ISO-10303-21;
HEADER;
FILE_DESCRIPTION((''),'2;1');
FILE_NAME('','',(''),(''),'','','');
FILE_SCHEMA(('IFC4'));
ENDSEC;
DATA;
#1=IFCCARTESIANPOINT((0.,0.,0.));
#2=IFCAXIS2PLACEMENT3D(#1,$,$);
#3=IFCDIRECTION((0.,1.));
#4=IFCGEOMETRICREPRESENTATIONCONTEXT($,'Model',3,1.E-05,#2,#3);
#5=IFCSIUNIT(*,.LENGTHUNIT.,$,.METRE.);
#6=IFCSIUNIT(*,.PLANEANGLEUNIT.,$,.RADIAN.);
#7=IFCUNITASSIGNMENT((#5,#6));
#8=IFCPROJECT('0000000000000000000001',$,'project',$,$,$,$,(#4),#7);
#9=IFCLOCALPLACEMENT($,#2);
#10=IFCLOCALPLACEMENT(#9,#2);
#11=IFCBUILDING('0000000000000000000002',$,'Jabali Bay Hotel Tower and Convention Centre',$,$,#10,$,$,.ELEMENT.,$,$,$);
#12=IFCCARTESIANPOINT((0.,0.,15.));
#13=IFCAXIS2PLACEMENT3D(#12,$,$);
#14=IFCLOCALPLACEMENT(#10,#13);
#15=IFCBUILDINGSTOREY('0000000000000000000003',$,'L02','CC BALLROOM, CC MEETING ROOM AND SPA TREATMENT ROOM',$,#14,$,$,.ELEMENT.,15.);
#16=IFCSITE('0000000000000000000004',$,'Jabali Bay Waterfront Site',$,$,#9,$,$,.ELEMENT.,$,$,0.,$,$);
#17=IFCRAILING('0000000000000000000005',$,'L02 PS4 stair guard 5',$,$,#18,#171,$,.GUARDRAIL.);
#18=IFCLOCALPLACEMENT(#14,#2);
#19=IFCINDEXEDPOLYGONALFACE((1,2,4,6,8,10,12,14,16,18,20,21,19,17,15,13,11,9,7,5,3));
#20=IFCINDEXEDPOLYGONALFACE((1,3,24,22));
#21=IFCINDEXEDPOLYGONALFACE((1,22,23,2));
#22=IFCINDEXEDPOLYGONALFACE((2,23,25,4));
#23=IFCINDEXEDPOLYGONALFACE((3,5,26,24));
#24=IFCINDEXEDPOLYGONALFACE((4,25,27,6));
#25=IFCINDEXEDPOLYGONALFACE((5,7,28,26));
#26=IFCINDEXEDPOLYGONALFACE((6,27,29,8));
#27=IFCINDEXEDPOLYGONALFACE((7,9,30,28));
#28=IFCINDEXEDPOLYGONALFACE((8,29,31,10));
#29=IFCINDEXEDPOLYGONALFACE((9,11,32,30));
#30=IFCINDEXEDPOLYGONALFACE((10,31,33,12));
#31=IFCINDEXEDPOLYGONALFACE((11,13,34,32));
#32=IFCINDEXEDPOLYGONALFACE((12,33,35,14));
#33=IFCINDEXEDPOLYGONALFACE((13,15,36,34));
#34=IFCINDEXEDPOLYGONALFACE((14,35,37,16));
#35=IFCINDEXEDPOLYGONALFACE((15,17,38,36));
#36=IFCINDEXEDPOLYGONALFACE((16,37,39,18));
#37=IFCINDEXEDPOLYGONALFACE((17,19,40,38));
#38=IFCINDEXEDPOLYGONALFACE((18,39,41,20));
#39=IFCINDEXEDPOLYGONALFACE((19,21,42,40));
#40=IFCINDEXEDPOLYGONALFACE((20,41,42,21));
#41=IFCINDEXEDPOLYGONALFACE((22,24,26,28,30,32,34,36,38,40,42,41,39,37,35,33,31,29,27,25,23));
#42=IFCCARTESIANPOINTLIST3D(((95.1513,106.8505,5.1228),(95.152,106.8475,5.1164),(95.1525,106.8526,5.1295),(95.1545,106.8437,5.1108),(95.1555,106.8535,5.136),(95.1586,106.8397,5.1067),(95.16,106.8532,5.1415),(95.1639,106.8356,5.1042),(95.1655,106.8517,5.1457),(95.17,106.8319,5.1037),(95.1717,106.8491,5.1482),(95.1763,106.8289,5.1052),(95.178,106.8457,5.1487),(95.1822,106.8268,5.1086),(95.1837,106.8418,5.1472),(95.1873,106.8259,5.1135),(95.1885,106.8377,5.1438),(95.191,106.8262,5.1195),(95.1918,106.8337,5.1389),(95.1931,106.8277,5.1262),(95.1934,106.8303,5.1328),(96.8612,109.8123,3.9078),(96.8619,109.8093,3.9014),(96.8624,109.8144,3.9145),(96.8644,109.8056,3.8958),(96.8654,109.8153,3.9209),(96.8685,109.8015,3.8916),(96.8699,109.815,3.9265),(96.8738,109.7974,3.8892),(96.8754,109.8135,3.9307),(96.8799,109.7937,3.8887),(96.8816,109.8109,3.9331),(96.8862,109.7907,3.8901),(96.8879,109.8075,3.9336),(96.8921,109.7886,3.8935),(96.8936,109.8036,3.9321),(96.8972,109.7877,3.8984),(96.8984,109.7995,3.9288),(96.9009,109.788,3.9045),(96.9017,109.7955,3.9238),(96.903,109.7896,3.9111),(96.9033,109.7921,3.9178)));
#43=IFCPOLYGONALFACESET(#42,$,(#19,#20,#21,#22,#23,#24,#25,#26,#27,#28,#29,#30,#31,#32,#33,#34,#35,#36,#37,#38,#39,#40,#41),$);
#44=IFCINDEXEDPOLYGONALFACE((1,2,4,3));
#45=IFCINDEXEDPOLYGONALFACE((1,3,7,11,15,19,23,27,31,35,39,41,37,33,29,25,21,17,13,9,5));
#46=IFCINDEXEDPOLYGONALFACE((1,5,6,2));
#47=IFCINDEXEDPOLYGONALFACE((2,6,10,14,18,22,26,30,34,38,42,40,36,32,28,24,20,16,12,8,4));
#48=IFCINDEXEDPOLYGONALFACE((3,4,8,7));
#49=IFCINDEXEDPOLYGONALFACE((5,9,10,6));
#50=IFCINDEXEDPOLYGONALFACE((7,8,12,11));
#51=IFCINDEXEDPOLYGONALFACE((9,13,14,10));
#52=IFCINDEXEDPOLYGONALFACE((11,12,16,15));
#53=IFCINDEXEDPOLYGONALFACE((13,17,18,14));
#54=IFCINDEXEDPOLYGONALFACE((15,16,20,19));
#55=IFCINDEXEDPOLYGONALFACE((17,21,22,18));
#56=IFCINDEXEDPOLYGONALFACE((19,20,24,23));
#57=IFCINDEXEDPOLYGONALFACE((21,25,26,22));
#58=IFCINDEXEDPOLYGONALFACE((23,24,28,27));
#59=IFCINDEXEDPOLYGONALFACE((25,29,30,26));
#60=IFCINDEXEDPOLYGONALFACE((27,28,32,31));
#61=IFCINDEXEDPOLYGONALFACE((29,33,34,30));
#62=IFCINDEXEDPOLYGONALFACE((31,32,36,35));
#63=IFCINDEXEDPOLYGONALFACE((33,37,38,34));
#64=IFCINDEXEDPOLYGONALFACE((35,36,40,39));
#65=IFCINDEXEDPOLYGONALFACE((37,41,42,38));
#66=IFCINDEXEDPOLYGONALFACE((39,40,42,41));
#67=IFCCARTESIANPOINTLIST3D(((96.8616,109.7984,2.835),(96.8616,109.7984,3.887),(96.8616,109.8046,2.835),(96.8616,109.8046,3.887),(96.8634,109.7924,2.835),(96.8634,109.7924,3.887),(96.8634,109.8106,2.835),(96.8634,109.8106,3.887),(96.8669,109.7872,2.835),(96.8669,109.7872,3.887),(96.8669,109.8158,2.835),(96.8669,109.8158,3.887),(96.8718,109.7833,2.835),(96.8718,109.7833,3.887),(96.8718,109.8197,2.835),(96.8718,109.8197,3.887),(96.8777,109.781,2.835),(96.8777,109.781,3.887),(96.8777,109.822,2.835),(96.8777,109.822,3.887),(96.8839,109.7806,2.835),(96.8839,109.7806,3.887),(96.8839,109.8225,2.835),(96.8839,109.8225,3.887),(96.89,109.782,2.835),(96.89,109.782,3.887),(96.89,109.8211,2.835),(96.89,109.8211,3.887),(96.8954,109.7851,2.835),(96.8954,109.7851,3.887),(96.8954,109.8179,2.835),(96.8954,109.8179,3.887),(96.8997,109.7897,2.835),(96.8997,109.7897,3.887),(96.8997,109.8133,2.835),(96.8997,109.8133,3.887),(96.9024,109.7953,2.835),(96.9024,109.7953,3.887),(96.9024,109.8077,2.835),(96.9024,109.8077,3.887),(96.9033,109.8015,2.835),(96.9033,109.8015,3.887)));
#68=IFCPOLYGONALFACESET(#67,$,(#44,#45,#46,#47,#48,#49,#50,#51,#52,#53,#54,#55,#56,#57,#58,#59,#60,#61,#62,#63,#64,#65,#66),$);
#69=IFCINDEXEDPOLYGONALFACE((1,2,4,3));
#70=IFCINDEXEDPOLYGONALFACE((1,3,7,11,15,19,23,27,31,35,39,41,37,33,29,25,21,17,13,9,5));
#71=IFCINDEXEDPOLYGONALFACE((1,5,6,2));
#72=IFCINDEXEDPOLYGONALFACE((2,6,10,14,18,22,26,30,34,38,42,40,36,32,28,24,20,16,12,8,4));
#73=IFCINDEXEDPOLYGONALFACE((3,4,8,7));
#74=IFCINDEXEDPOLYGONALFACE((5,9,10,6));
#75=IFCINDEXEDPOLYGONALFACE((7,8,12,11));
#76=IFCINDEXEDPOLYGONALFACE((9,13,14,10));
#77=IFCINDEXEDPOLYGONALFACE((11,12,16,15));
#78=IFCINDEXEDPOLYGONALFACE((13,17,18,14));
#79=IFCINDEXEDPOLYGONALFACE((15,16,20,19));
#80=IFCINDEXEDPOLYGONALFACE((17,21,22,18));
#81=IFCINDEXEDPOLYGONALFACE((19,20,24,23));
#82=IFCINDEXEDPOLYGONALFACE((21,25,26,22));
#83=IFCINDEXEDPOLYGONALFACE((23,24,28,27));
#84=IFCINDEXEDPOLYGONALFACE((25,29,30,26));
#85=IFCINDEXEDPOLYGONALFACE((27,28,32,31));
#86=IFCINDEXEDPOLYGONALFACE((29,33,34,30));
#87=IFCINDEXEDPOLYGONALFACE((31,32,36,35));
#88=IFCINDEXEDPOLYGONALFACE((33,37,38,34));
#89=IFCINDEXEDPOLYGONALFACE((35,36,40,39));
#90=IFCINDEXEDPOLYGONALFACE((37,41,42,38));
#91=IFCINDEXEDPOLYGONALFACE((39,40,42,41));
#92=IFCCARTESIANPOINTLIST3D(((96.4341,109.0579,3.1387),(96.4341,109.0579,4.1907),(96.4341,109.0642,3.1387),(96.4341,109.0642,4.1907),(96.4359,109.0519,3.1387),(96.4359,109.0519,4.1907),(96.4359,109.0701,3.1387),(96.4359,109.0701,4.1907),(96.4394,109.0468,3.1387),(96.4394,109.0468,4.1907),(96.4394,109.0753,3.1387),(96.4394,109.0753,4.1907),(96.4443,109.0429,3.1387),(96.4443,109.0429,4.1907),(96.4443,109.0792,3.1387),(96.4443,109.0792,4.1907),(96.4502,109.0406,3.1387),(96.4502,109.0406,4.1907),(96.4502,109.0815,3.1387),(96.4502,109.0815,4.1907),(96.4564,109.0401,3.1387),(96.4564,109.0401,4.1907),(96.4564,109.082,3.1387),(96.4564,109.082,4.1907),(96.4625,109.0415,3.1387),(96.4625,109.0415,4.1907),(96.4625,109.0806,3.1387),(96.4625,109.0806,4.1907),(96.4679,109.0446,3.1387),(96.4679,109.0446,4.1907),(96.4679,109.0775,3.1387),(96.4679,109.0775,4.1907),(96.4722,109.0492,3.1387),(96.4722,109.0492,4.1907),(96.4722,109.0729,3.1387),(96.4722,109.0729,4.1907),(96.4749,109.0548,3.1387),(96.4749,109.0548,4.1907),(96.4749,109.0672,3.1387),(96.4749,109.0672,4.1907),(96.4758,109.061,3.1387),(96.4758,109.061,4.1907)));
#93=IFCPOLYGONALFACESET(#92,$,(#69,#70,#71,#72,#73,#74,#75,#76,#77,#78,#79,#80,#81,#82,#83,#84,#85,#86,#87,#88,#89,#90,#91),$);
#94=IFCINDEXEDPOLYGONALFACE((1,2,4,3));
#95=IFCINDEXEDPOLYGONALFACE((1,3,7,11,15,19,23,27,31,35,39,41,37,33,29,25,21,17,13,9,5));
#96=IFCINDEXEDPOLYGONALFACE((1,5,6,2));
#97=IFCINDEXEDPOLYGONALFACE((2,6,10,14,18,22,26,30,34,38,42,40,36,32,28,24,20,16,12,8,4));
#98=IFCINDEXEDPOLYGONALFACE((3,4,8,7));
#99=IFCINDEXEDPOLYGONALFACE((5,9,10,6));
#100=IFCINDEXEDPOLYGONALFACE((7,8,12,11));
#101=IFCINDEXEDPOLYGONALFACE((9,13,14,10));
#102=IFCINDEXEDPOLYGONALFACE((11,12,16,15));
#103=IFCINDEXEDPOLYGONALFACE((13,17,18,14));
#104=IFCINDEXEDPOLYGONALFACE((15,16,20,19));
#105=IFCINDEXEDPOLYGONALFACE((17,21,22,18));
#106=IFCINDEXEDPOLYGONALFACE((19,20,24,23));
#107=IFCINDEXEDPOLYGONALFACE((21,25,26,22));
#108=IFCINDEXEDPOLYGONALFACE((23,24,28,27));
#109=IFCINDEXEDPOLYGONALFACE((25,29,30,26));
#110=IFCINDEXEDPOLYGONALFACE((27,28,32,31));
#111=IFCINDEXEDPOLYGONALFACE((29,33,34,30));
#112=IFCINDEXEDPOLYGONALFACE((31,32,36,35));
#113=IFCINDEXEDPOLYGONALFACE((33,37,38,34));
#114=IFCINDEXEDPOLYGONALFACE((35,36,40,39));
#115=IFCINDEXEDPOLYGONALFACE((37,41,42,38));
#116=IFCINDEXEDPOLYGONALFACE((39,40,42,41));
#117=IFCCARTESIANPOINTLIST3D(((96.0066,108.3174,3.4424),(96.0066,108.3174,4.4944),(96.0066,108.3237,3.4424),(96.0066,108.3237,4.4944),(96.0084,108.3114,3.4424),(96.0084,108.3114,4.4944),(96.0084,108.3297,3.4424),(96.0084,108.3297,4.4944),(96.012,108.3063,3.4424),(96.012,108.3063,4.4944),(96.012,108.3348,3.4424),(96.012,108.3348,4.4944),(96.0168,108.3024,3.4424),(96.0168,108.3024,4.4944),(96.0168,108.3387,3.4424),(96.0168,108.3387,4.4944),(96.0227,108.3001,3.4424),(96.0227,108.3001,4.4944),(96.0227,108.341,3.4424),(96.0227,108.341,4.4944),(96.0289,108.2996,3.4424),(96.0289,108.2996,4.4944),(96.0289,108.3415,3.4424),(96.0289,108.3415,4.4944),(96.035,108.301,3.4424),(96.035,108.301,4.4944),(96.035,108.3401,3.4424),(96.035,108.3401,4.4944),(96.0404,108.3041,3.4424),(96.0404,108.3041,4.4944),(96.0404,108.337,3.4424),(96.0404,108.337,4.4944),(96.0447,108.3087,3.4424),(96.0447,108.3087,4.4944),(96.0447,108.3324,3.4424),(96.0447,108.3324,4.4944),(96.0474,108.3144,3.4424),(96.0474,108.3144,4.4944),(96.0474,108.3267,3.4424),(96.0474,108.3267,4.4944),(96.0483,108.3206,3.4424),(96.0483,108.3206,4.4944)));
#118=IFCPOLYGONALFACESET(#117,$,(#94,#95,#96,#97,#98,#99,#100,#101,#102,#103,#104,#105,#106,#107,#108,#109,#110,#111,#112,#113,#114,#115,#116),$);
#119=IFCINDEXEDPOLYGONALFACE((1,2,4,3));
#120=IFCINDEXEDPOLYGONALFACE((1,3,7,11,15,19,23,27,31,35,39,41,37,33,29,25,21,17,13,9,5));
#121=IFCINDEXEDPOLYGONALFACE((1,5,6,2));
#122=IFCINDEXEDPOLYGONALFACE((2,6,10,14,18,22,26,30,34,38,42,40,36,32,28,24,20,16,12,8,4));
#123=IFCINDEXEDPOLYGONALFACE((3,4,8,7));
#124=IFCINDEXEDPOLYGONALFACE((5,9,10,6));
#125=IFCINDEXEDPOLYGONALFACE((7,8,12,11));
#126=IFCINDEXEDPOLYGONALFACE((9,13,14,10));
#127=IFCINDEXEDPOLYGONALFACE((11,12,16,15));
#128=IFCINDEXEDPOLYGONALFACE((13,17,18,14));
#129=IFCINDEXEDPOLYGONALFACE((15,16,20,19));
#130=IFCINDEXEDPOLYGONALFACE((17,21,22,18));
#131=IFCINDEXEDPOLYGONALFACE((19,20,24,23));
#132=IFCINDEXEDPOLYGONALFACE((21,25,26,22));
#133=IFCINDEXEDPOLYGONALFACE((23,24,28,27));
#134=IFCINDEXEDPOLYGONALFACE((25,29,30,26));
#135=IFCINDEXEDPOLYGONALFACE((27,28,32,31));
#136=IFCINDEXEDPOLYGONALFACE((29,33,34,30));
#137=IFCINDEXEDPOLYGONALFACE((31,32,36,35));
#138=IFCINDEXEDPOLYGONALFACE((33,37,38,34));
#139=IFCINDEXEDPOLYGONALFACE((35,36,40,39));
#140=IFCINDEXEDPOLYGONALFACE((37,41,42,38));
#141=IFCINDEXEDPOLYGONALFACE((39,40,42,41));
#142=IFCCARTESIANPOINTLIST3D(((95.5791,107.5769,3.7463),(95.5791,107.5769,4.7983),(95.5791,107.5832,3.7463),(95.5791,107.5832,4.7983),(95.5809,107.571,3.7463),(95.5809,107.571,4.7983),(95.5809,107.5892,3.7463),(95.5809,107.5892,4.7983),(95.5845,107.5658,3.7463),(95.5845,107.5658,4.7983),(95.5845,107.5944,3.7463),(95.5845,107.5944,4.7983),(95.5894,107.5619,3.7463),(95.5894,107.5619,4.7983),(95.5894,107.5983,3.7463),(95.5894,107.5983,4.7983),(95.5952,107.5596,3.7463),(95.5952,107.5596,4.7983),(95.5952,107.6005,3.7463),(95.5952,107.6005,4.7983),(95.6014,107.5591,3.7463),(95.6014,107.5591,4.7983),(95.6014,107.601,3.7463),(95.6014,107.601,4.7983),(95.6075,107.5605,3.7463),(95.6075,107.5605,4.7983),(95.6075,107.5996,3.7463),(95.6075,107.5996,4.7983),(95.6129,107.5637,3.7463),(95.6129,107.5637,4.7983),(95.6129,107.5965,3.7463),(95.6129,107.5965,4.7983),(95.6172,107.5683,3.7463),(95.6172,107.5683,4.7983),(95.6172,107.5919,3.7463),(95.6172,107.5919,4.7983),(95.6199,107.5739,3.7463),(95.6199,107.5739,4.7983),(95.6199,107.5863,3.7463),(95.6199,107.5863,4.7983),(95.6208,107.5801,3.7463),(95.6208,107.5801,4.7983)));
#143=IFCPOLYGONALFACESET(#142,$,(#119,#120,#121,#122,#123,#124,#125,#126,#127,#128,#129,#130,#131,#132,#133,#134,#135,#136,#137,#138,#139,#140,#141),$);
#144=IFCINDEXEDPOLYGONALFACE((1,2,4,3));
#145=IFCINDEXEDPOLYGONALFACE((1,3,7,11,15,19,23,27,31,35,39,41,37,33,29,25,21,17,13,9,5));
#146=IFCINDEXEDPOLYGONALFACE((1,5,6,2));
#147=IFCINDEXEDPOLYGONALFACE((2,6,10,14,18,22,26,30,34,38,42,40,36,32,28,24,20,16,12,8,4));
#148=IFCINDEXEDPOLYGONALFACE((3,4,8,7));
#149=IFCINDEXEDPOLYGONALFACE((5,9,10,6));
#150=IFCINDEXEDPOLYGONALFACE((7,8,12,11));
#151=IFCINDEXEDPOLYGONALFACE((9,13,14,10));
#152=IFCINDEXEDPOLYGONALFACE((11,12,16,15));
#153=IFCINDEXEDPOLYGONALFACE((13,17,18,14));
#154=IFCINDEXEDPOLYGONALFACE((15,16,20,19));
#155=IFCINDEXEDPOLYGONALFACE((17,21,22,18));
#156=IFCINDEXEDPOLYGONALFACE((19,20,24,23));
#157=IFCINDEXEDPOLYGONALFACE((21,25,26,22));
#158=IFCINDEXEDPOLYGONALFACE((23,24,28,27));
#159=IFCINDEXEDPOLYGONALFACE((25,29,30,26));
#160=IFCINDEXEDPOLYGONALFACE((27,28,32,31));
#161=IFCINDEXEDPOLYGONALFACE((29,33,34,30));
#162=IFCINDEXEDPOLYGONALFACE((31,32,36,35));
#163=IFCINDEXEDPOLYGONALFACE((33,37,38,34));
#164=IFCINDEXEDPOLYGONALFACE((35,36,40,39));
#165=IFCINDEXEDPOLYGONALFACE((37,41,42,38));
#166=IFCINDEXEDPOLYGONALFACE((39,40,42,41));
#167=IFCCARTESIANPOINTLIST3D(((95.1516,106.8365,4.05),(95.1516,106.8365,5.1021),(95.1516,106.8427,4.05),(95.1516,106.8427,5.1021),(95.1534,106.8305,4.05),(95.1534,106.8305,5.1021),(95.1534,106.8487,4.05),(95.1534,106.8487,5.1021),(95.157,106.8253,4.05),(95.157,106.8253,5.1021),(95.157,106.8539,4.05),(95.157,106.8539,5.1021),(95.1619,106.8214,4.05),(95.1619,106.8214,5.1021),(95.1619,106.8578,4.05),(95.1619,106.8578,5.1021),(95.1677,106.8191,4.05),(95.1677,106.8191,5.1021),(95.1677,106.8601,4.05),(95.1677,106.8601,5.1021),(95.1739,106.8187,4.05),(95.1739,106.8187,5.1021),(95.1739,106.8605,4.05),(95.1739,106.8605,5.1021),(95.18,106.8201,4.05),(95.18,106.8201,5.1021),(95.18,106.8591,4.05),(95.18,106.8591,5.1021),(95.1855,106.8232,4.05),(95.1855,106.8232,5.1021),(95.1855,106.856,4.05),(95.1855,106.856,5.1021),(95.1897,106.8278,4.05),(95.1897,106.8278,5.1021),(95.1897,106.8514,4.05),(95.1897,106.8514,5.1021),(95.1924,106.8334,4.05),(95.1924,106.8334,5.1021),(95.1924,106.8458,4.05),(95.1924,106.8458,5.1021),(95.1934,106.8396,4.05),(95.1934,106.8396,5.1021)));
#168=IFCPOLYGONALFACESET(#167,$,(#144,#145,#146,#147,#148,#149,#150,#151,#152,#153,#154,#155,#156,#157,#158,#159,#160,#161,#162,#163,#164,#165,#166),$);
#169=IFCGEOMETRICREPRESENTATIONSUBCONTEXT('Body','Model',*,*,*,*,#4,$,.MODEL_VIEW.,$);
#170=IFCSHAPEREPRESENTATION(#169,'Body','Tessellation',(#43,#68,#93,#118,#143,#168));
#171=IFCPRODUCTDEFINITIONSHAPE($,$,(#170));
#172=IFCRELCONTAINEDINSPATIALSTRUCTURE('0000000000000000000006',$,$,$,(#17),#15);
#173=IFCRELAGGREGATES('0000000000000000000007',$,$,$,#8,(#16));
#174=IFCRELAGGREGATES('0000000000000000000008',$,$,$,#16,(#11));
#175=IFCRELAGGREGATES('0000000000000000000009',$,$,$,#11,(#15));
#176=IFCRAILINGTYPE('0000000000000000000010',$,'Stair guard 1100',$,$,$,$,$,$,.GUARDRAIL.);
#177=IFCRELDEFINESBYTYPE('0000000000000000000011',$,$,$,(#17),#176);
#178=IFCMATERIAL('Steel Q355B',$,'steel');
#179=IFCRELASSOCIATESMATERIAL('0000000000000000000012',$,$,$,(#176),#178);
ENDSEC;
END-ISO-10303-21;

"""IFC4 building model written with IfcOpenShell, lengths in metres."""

from ifc_helpers import new_model, si_unit, direction, frame, origin, origin_2d, place, context, subcontext, project, spatial, circle, extrude, material, type_object, element, save


model = new_model("IFC4")

# Units and contexts
model_context = context("Model", 3, precision=1e-05, world=origin(), true_north=direction((0.0, 1.0)))
body_context = subcontext(model_context, "Body", "Model", "MODEL_VIEW")
ifc_project = project(units=[si_unit("LENGTHUNIT", "METRE"), si_unit("PLANEANGLEUNIT", "RADIAN")], contexts=[model_context])

# Site, building, storey
site_placement = place(None, origin())
site = spatial("IfcSite", under=ifc_project, at=site_placement, Name="Jabali Bay Waterfront Site", CompositionType="ELEMENT", RefElevation=0.0)
building_placement = place(site_placement, origin())
building = spatial("IfcBuilding", under=site, at=building_placement, Name="Jabali Bay Hotel Tower and Convention Centre", CompositionType="ELEMENT")
storey_placement = place(building_placement, frame((0.0, 0.0, 15.0)))
storey = spatial("IfcBuildingStorey", under=building, at=storey_placement, Name="L02", Description="CC BALLROOM, CC MEETING ROOM AND SPA TREATMENT ROOM", CompositionType="ELEMENT", Elevation=15.0)

# Railing
ifc_material_1 = material(Name="Steel Q355B", Category="steel")
railing_type_1 = type_object("IfcRailingType", Name="Stair guard 1100", PredefinedType="GUARDRAIL", material=ifc_material_1)
railing_1_placement = place(storey_placement, frame((96.8823, 109.8015, 2.835)))
element("IfcRailing", 1, at=railing_1_placement, inside=storey, type_object=railing_type_1, Name="L02 PS4 stair guard 5", PredefinedType="GUARDRAIL", context=body_context, shape_type="SweptSolid", body=[
    extrude(circle(Radius=0.0239, at=origin_2d()), frame((0.0, 0.0, 1.0762), z_axis=(-0.471127, -0.816065, 0.33478), x_axis=(0.866038, -0.499978, 0.0)), (0.0, 0.0, 1.0), 3.6294),
    extrude(circle(Radius=0.021, at=origin_2d()), origin(), (0.0, 0.0, 1.0), 1.052),
    extrude(circle(Radius=0.021, at=origin_2d()), frame((-0.4275, -0.7405, 0.3037)), (0.0, 0.0, 1.0), 1.052),
    extrude(circle(Radius=0.021, at=origin_2d()), frame((-0.855, -1.481, 0.6074)), (0.0, 0.0, 1.0), 1.052),
    extrude(circle(Radius=0.021, at=origin_2d()), frame((-1.2825, -2.2214, 0.9114)), (0.0, 0.0, 1.0), 1.052),
    extrude(circle(Radius=0.021, at=origin_2d()), frame((-1.71, -2.9619, 1.2151)), (0.0, 0.0, 1.0), 1.052),
])

save(model, "model.ifc")
